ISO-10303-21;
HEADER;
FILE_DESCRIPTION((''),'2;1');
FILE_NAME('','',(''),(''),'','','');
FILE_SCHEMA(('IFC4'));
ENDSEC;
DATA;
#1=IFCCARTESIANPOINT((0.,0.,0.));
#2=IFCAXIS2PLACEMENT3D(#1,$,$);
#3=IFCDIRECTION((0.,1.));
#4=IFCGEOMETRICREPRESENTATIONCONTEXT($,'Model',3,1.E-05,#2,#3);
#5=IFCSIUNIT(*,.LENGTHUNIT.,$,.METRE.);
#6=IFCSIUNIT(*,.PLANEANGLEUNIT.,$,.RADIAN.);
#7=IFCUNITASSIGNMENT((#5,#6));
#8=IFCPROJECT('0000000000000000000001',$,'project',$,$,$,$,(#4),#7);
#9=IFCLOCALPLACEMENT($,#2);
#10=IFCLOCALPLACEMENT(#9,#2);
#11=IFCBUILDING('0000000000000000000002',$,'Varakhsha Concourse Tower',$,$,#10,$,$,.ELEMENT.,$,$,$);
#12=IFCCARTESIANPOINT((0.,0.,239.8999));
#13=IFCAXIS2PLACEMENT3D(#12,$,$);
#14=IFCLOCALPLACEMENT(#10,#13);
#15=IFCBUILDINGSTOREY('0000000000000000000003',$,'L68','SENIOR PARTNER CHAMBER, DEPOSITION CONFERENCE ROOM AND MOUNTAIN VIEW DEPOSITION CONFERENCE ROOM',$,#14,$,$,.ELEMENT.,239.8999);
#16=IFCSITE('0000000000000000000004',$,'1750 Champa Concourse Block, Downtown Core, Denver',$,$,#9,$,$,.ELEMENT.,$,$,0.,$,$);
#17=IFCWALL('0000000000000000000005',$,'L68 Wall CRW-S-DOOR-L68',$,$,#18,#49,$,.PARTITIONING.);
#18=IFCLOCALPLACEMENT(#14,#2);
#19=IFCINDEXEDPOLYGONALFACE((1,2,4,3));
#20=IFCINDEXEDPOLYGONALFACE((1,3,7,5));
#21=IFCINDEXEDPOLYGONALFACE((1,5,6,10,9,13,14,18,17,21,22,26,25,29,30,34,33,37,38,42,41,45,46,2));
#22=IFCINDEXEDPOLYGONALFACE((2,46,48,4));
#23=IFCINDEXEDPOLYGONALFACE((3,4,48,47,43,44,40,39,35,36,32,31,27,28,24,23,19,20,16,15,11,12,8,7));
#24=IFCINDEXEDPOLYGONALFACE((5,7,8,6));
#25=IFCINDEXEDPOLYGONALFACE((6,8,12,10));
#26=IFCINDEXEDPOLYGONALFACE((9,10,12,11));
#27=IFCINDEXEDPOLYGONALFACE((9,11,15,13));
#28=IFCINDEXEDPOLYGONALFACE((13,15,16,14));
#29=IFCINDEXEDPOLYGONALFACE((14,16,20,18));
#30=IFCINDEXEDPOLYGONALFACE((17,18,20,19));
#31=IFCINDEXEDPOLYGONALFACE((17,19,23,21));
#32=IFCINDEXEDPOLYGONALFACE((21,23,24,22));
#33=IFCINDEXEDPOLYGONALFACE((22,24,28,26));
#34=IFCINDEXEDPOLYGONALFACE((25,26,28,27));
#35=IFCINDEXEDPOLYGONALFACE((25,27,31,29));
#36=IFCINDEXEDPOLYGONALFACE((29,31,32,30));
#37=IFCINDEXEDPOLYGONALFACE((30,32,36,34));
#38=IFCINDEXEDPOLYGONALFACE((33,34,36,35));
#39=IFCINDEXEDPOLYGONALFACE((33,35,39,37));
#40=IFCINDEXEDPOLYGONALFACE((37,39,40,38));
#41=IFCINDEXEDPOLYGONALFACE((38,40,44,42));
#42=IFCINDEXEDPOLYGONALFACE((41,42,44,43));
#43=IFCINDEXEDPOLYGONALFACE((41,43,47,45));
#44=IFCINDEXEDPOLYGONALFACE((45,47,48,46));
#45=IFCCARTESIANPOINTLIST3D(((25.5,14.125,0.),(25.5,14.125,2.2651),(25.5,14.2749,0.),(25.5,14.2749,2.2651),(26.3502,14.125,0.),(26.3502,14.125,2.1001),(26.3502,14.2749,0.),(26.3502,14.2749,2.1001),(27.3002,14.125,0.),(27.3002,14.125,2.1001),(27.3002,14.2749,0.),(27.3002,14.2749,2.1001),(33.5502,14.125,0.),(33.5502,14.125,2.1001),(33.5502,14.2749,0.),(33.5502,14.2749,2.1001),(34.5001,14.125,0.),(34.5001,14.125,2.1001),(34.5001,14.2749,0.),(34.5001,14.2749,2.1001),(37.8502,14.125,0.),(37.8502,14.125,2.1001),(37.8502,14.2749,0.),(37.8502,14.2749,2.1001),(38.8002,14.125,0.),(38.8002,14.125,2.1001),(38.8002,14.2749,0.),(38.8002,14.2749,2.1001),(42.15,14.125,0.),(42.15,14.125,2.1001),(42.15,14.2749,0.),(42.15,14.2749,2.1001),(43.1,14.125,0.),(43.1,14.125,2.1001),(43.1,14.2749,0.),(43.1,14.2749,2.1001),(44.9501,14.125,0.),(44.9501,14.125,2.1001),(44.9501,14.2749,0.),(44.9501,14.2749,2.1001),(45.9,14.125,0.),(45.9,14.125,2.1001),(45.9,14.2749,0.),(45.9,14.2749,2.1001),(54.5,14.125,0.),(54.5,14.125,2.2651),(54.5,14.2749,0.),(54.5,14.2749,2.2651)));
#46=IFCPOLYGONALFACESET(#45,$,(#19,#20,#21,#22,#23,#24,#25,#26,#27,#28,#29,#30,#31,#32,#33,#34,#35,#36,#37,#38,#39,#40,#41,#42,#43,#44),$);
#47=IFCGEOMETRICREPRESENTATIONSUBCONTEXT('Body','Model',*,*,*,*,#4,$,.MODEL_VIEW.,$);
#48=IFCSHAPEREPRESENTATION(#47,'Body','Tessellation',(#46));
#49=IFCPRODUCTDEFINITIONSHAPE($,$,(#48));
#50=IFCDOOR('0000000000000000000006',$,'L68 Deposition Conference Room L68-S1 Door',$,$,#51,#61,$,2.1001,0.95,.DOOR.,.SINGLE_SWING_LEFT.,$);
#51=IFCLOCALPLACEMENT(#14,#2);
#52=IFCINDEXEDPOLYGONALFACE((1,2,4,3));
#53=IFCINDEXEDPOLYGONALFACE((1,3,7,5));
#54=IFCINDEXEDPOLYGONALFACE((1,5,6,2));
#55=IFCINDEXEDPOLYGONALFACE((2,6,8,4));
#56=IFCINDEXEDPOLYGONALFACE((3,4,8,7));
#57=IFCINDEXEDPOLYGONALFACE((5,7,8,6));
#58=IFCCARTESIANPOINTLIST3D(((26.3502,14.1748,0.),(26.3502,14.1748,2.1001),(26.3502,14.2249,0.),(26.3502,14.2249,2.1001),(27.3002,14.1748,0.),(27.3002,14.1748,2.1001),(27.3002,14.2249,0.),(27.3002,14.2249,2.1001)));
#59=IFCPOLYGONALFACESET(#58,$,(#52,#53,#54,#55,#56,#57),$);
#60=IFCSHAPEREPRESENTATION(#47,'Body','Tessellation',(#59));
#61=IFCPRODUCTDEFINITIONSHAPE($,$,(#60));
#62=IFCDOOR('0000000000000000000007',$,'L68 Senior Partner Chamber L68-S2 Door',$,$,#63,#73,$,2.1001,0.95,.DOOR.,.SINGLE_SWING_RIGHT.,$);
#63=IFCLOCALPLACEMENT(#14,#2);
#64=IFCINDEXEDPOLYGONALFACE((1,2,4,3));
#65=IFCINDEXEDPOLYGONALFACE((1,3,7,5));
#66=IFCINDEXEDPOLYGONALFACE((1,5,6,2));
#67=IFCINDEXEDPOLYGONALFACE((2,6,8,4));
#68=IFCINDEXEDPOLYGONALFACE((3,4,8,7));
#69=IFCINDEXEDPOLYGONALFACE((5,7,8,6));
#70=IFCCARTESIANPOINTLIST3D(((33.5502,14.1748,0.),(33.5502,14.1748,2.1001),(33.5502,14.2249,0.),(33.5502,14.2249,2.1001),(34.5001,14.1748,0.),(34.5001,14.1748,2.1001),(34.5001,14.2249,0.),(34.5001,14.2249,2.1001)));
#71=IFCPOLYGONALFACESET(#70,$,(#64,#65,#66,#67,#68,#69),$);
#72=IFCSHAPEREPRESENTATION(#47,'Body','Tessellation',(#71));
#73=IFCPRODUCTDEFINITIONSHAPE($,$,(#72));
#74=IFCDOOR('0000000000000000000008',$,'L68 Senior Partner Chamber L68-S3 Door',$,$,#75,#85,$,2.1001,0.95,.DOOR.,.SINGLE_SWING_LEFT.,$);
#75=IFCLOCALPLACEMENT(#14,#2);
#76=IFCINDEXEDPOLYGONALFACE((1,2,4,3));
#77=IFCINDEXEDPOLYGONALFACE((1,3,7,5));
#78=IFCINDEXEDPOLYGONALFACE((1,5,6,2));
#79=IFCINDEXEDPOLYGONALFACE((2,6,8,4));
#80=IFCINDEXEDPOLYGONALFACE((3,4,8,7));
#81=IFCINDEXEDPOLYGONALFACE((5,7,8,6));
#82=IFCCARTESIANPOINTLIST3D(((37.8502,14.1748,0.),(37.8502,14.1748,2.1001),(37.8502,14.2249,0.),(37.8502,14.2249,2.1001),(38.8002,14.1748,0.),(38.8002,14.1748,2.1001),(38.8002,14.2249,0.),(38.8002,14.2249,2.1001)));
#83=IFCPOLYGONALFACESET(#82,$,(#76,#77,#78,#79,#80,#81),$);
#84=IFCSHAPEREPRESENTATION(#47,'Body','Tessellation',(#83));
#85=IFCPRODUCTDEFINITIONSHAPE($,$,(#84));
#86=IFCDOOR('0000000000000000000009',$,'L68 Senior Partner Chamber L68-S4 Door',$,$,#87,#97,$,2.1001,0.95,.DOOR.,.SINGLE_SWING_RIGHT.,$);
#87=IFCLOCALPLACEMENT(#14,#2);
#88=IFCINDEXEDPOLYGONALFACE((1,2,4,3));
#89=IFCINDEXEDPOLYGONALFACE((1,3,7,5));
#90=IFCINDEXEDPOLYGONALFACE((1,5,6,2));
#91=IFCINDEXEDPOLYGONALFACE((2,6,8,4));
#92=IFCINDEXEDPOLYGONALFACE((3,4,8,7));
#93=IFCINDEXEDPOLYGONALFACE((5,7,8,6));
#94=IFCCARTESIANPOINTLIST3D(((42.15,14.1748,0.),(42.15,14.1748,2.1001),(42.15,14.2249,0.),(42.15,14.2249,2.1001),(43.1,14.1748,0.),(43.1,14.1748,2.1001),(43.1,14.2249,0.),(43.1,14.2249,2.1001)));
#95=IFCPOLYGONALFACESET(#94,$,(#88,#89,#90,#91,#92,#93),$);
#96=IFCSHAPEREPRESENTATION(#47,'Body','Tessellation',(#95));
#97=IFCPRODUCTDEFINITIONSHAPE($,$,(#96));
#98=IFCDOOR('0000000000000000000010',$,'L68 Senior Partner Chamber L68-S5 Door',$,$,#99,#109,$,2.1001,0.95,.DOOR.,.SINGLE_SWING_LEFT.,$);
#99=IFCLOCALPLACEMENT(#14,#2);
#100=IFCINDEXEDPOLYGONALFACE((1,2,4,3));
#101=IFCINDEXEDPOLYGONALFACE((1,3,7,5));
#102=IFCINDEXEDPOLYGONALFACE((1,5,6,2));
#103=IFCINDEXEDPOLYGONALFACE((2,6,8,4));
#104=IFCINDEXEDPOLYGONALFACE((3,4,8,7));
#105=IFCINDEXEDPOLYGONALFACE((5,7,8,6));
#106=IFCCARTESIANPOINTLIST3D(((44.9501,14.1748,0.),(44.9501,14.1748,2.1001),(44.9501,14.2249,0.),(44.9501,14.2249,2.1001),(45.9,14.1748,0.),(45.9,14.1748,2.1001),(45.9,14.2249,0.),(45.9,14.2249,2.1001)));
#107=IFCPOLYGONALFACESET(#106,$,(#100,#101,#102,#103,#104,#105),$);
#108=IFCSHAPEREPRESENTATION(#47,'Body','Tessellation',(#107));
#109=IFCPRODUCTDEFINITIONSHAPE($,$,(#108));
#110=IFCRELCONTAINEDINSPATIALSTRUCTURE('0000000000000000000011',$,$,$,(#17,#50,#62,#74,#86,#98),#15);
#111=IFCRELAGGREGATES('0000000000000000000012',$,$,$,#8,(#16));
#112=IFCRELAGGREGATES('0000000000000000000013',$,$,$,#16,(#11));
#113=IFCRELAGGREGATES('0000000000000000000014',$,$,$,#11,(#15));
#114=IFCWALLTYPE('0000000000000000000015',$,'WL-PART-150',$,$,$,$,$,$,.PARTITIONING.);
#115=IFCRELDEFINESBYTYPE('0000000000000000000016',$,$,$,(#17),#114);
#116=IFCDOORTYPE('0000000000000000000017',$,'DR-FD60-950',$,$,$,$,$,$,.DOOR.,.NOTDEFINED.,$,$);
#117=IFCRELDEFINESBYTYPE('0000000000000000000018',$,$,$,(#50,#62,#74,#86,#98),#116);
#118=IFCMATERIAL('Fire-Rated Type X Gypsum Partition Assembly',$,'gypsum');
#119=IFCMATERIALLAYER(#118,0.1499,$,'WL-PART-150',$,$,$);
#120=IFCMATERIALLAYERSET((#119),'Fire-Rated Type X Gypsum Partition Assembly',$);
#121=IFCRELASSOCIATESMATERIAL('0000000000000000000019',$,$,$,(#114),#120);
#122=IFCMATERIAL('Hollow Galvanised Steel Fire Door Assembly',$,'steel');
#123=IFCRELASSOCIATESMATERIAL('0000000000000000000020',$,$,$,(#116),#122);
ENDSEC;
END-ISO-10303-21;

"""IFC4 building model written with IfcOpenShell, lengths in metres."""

from ifc_helpers import new_model, si_unit, direction, frame, frame_2d, origin, place, context, subcontext, project, spatial, rectangle, extrude, material, layer, layer_set, type_object, element, fill, save


model = new_model("IFC4")

# Units and contexts
model_context = context("Model", 3, precision=1e-05, world=origin(), true_north=direction((0.0, 1.0)))
body_context = subcontext(model_context, "Body", "Model", "MODEL_VIEW")
ifc_project = project(units=[si_unit("LENGTHUNIT", "METRE"), si_unit("PLANEANGLEUNIT", "RADIAN")], contexts=[model_context])

# Site, building, storey
site_placement = place(None, origin())
site = spatial("IfcSite", under=ifc_project, at=site_placement, Name="1750 Champa Concourse Block, Downtown Core, Denver", CompositionType="ELEMENT", RefElevation=0.0)
building_placement = place(site_placement, origin())
building = spatial("IfcBuilding", under=site, at=building_placement, Name="Varakhsha Concourse Tower", CompositionType="ELEMENT")
storey_placement = place(building_placement, frame((0.0, 0.0, 239.8999)))
storey = spatial("IfcBuildingStorey", under=building, at=storey_placement, Name="L68", Description="SENIOR PARTNER CHAMBER, DEPOSITION CONFERENCE ROOM AND MOUNTAIN VIEW DEPOSITION CONFERENCE ROOM", CompositionType="ELEMENT", Elevation=239.8999)

# Wall, openings, doors
ifc_material_1 = material(Name="Fire-Rated Type X Gypsum Partition Assembly", Category="gypsum")
ifc_layer_1 = layer(ifc_material_1, 0.1499, Name="WL-PART-150")
ifc_layer_set_1 = layer_set([ifc_layer_1], Name="Fire-Rated Type X Gypsum Partition Assembly")
wall_type = type_object("IfcWallType", Name="WL-PART-150", PredefinedType="PARTITIONING", material=ifc_layer_set_1)
ifc_material_2 = material(Name="Hollow Galvanised Steel Fire Door Assembly", Category="steel")
door_type = type_object("IfcDoorType", Name="DR-FD60-950", OperationType="NOTDEFINED", PredefinedType="DOOR", material=ifc_material_2)
wall_1_placement = place(storey_placement, frame((25.5, 14.2, 0.0), z_axis=(0.0, 0.0, 1.0), x_axis=(1.0, 0.0, 0.0)))
wall_1 = element("IfcWall", 1, at=wall_1_placement, inside=storey, type_object=wall_type, Name="L68 Wall CRW-S-DOOR-L68", PredefinedType="PARTITIONING", context=body_context, shape_type="SweptSolid", body=[
    extrude(rectangle(XDim=29.0, YDim=0.1499, at=frame_2d((14.5, 0.0))), origin(), (0.0, 0.0, 1.0), 2.2651),
])
opening_1_placement = place(wall_1_placement, frame((0.8501, 0.0, 0.0)))
opening_1 = element("IfcOpeningElement", 2, at=opening_1_placement, cuts=wall_1, PredefinedType="OPENING", context=body_context, shape_type="SweptSolid", body=[
    extrude(rectangle(XDim=0.95, YDim=2.1001, at=frame_2d((0.4751, 1.05))), frame((0.0, 0.085, 0.0), z_axis=(0.0, -1.0, 0.0), x_axis=(1.0, 0.0, 0.0)), (0.0, 0.0, 1.0), 0.1699),
])
opening_2_placement = place(wall_1_placement, frame((8.05, 0.0, 0.0)))
opening_2 = element("IfcOpeningElement", 3, at=opening_2_placement, cuts=wall_1, PredefinedType="OPENING", context=body_context, shape_type="SweptSolid", body=[
    extrude(rectangle(XDim=0.95, YDim=2.1001, at=frame_2d((0.4751, 1.05))), frame((0.0, 0.085, 0.0), z_axis=(0.0, -1.0, 0.0), x_axis=(1.0, 0.0, 0.0)), (0.0, 0.0, 1.0), 0.1699),
])
opening_3_placement = place(wall_1_placement, frame((12.3501, 0.0, 0.0)))
opening_3 = element("IfcOpeningElement", 4, at=opening_3_placement, cuts=wall_1, PredefinedType="OPENING", context=body_context, shape_type="SweptSolid", body=[
    extrude(rectangle(XDim=0.95, YDim=2.1001, at=frame_2d((0.4751, 1.05))), frame((0.0, 0.085, 0.0), z_axis=(0.0, -1.0, 0.0), x_axis=(1.0, 0.0, 0.0)), (0.0, 0.0, 1.0), 0.1699),
])
opening_4_placement = place(wall_1_placement, frame((16.6499, 0.0, 0.0)))
opening_4 = element("IfcOpeningElement", 5, at=opening_4_placement, cuts=wall_1, PredefinedType="OPENING", context=body_context, shape_type="SweptSolid", body=[
    extrude(rectangle(XDim=0.95, YDim=2.1001, at=frame_2d((0.4751, 1.05))), frame((0.0, 0.085, 0.0), z_axis=(0.0, -1.0, 0.0), x_axis=(1.0, 0.0, 0.0)), (0.0, 0.0, 1.0), 0.1699),
])
opening_5_placement = place(wall_1_placement, frame((19.45, 0.0, 0.0)))
opening_5 = element("IfcOpeningElement", 6, at=opening_5_placement, cuts=wall_1, PredefinedType="OPENING", context=body_context, shape_type="SweptSolid", body=[
    extrude(rectangle(XDim=0.95, YDim=2.1001, at=frame_2d((0.4751, 1.05))), frame((0.0, 0.085, 0.0), z_axis=(0.0, -1.0, 0.0), x_axis=(1.0, 0.0, 0.0)), (0.0, 0.0, 1.0), 0.1699),
])
door_1_placement = place(opening_1_placement, origin())
door_1 = element("IfcDoor", 7, at=door_1_placement, inside=storey, type_object=door_type, Name="L68 Deposition Conference Room L68-S1 Door", OperationType="SINGLE_SWING_LEFT", OverallHeight=2.1001, OverallWidth=0.95, PredefinedType="DOOR", context=body_context, shape_type="SweptSolid", body=[
    extrude(rectangle(XDim=0.95, YDim=2.1001, at=frame_2d((0.4751, 1.05))), frame((0.0, 0.0249, 0.0), z_axis=(0.0, -1.0, 0.0), x_axis=(1.0, 0.0, 0.0)), (0.0, 0.0, 1.0), 0.05),
])
fill(opening_1, door_1)
door_2_placement = place(opening_2_placement, origin())
door_2 = element("IfcDoor", 8, at=door_2_placement, inside=storey, type_object=door_type, Name="L68 Senior Partner Chamber L68-S2 Door", OperationType="SINGLE_SWING_RIGHT", OverallHeight=2.1001, OverallWidth=0.95, PredefinedType="DOOR", context=body_context, shape_type="SweptSolid", body=[
    extrude(rectangle(XDim=0.95, YDim=2.1001, at=frame_2d((0.4751, 1.05))), frame((0.0, 0.0249, 0.0), z_axis=(0.0, -1.0, 0.0), x_axis=(1.0, 0.0, 0.0)), (0.0, 0.0, 1.0), 0.05),
])
fill(opening_2, door_2)
door_3_placement = place(opening_3_placement, origin())
door_3 = element("IfcDoor", 9, at=door_3_placement, inside=storey, type_object=door_type, Name="L68 Senior Partner Chamber L68-S3 Door", OperationType="SINGLE_SWING_LEFT", OverallHeight=2.1001, OverallWidth=0.95, PredefinedType="DOOR", context=body_context, shape_type="SweptSolid", body=[
    extrude(rectangle(XDim=0.95, YDim=2.1001, at=frame_2d((0.4751, 1.05))), frame((0.0, 0.0249, 0.0), z_axis=(0.0, -1.0, 0.0), x_axis=(1.0, 0.0, 0.0)), (0.0, 0.0, 1.0), 0.05),
])
fill(opening_3, door_3)
door_4_placement = place(opening_4_placement, origin())
door_4 = element("IfcDoor", 10, at=door_4_placement, inside=storey, type_object=door_type, Name="L68 Senior Partner Chamber L68-S4 Door", OperationType="SINGLE_SWING_RIGHT", OverallHeight=2.1001, OverallWidth=0.95, PredefinedType="DOOR", context=body_context, shape_type="SweptSolid", body=[
    extrude(rectangle(XDim=0.95, YDim=2.1001, at=frame_2d((0.4751, 1.05))), frame((0.0, 0.0249, 0.0), z_axis=(0.0, -1.0, 0.0), x_axis=(1.0, 0.0, 0.0)), (0.0, 0.0, 1.0), 0.05),
])
fill(opening_4, door_4)
door_5_placement = place(opening_5_placement, origin())
door_5 = element("IfcDoor", 11, at=door_5_placement, inside=storey, type_object=door_type, Name="L68 Senior Partner Chamber L68-S5 Door", OperationType="SINGLE_SWING_LEFT", OverallHeight=2.1001, OverallWidth=0.95, PredefinedType="DOOR", context=body_context, shape_type="SweptSolid", body=[
    extrude(rectangle(XDim=0.95, YDim=2.1001, at=frame_2d((0.4751, 1.05))), frame((0.0, 0.0249, 0.0), z_axis=(0.0, -1.0, 0.0), x_axis=(1.0, 0.0, 0.0)), (0.0, 0.0, 1.0), 0.05),
])
fill(opening_5, door_5)

save(model, "model.ifc")
